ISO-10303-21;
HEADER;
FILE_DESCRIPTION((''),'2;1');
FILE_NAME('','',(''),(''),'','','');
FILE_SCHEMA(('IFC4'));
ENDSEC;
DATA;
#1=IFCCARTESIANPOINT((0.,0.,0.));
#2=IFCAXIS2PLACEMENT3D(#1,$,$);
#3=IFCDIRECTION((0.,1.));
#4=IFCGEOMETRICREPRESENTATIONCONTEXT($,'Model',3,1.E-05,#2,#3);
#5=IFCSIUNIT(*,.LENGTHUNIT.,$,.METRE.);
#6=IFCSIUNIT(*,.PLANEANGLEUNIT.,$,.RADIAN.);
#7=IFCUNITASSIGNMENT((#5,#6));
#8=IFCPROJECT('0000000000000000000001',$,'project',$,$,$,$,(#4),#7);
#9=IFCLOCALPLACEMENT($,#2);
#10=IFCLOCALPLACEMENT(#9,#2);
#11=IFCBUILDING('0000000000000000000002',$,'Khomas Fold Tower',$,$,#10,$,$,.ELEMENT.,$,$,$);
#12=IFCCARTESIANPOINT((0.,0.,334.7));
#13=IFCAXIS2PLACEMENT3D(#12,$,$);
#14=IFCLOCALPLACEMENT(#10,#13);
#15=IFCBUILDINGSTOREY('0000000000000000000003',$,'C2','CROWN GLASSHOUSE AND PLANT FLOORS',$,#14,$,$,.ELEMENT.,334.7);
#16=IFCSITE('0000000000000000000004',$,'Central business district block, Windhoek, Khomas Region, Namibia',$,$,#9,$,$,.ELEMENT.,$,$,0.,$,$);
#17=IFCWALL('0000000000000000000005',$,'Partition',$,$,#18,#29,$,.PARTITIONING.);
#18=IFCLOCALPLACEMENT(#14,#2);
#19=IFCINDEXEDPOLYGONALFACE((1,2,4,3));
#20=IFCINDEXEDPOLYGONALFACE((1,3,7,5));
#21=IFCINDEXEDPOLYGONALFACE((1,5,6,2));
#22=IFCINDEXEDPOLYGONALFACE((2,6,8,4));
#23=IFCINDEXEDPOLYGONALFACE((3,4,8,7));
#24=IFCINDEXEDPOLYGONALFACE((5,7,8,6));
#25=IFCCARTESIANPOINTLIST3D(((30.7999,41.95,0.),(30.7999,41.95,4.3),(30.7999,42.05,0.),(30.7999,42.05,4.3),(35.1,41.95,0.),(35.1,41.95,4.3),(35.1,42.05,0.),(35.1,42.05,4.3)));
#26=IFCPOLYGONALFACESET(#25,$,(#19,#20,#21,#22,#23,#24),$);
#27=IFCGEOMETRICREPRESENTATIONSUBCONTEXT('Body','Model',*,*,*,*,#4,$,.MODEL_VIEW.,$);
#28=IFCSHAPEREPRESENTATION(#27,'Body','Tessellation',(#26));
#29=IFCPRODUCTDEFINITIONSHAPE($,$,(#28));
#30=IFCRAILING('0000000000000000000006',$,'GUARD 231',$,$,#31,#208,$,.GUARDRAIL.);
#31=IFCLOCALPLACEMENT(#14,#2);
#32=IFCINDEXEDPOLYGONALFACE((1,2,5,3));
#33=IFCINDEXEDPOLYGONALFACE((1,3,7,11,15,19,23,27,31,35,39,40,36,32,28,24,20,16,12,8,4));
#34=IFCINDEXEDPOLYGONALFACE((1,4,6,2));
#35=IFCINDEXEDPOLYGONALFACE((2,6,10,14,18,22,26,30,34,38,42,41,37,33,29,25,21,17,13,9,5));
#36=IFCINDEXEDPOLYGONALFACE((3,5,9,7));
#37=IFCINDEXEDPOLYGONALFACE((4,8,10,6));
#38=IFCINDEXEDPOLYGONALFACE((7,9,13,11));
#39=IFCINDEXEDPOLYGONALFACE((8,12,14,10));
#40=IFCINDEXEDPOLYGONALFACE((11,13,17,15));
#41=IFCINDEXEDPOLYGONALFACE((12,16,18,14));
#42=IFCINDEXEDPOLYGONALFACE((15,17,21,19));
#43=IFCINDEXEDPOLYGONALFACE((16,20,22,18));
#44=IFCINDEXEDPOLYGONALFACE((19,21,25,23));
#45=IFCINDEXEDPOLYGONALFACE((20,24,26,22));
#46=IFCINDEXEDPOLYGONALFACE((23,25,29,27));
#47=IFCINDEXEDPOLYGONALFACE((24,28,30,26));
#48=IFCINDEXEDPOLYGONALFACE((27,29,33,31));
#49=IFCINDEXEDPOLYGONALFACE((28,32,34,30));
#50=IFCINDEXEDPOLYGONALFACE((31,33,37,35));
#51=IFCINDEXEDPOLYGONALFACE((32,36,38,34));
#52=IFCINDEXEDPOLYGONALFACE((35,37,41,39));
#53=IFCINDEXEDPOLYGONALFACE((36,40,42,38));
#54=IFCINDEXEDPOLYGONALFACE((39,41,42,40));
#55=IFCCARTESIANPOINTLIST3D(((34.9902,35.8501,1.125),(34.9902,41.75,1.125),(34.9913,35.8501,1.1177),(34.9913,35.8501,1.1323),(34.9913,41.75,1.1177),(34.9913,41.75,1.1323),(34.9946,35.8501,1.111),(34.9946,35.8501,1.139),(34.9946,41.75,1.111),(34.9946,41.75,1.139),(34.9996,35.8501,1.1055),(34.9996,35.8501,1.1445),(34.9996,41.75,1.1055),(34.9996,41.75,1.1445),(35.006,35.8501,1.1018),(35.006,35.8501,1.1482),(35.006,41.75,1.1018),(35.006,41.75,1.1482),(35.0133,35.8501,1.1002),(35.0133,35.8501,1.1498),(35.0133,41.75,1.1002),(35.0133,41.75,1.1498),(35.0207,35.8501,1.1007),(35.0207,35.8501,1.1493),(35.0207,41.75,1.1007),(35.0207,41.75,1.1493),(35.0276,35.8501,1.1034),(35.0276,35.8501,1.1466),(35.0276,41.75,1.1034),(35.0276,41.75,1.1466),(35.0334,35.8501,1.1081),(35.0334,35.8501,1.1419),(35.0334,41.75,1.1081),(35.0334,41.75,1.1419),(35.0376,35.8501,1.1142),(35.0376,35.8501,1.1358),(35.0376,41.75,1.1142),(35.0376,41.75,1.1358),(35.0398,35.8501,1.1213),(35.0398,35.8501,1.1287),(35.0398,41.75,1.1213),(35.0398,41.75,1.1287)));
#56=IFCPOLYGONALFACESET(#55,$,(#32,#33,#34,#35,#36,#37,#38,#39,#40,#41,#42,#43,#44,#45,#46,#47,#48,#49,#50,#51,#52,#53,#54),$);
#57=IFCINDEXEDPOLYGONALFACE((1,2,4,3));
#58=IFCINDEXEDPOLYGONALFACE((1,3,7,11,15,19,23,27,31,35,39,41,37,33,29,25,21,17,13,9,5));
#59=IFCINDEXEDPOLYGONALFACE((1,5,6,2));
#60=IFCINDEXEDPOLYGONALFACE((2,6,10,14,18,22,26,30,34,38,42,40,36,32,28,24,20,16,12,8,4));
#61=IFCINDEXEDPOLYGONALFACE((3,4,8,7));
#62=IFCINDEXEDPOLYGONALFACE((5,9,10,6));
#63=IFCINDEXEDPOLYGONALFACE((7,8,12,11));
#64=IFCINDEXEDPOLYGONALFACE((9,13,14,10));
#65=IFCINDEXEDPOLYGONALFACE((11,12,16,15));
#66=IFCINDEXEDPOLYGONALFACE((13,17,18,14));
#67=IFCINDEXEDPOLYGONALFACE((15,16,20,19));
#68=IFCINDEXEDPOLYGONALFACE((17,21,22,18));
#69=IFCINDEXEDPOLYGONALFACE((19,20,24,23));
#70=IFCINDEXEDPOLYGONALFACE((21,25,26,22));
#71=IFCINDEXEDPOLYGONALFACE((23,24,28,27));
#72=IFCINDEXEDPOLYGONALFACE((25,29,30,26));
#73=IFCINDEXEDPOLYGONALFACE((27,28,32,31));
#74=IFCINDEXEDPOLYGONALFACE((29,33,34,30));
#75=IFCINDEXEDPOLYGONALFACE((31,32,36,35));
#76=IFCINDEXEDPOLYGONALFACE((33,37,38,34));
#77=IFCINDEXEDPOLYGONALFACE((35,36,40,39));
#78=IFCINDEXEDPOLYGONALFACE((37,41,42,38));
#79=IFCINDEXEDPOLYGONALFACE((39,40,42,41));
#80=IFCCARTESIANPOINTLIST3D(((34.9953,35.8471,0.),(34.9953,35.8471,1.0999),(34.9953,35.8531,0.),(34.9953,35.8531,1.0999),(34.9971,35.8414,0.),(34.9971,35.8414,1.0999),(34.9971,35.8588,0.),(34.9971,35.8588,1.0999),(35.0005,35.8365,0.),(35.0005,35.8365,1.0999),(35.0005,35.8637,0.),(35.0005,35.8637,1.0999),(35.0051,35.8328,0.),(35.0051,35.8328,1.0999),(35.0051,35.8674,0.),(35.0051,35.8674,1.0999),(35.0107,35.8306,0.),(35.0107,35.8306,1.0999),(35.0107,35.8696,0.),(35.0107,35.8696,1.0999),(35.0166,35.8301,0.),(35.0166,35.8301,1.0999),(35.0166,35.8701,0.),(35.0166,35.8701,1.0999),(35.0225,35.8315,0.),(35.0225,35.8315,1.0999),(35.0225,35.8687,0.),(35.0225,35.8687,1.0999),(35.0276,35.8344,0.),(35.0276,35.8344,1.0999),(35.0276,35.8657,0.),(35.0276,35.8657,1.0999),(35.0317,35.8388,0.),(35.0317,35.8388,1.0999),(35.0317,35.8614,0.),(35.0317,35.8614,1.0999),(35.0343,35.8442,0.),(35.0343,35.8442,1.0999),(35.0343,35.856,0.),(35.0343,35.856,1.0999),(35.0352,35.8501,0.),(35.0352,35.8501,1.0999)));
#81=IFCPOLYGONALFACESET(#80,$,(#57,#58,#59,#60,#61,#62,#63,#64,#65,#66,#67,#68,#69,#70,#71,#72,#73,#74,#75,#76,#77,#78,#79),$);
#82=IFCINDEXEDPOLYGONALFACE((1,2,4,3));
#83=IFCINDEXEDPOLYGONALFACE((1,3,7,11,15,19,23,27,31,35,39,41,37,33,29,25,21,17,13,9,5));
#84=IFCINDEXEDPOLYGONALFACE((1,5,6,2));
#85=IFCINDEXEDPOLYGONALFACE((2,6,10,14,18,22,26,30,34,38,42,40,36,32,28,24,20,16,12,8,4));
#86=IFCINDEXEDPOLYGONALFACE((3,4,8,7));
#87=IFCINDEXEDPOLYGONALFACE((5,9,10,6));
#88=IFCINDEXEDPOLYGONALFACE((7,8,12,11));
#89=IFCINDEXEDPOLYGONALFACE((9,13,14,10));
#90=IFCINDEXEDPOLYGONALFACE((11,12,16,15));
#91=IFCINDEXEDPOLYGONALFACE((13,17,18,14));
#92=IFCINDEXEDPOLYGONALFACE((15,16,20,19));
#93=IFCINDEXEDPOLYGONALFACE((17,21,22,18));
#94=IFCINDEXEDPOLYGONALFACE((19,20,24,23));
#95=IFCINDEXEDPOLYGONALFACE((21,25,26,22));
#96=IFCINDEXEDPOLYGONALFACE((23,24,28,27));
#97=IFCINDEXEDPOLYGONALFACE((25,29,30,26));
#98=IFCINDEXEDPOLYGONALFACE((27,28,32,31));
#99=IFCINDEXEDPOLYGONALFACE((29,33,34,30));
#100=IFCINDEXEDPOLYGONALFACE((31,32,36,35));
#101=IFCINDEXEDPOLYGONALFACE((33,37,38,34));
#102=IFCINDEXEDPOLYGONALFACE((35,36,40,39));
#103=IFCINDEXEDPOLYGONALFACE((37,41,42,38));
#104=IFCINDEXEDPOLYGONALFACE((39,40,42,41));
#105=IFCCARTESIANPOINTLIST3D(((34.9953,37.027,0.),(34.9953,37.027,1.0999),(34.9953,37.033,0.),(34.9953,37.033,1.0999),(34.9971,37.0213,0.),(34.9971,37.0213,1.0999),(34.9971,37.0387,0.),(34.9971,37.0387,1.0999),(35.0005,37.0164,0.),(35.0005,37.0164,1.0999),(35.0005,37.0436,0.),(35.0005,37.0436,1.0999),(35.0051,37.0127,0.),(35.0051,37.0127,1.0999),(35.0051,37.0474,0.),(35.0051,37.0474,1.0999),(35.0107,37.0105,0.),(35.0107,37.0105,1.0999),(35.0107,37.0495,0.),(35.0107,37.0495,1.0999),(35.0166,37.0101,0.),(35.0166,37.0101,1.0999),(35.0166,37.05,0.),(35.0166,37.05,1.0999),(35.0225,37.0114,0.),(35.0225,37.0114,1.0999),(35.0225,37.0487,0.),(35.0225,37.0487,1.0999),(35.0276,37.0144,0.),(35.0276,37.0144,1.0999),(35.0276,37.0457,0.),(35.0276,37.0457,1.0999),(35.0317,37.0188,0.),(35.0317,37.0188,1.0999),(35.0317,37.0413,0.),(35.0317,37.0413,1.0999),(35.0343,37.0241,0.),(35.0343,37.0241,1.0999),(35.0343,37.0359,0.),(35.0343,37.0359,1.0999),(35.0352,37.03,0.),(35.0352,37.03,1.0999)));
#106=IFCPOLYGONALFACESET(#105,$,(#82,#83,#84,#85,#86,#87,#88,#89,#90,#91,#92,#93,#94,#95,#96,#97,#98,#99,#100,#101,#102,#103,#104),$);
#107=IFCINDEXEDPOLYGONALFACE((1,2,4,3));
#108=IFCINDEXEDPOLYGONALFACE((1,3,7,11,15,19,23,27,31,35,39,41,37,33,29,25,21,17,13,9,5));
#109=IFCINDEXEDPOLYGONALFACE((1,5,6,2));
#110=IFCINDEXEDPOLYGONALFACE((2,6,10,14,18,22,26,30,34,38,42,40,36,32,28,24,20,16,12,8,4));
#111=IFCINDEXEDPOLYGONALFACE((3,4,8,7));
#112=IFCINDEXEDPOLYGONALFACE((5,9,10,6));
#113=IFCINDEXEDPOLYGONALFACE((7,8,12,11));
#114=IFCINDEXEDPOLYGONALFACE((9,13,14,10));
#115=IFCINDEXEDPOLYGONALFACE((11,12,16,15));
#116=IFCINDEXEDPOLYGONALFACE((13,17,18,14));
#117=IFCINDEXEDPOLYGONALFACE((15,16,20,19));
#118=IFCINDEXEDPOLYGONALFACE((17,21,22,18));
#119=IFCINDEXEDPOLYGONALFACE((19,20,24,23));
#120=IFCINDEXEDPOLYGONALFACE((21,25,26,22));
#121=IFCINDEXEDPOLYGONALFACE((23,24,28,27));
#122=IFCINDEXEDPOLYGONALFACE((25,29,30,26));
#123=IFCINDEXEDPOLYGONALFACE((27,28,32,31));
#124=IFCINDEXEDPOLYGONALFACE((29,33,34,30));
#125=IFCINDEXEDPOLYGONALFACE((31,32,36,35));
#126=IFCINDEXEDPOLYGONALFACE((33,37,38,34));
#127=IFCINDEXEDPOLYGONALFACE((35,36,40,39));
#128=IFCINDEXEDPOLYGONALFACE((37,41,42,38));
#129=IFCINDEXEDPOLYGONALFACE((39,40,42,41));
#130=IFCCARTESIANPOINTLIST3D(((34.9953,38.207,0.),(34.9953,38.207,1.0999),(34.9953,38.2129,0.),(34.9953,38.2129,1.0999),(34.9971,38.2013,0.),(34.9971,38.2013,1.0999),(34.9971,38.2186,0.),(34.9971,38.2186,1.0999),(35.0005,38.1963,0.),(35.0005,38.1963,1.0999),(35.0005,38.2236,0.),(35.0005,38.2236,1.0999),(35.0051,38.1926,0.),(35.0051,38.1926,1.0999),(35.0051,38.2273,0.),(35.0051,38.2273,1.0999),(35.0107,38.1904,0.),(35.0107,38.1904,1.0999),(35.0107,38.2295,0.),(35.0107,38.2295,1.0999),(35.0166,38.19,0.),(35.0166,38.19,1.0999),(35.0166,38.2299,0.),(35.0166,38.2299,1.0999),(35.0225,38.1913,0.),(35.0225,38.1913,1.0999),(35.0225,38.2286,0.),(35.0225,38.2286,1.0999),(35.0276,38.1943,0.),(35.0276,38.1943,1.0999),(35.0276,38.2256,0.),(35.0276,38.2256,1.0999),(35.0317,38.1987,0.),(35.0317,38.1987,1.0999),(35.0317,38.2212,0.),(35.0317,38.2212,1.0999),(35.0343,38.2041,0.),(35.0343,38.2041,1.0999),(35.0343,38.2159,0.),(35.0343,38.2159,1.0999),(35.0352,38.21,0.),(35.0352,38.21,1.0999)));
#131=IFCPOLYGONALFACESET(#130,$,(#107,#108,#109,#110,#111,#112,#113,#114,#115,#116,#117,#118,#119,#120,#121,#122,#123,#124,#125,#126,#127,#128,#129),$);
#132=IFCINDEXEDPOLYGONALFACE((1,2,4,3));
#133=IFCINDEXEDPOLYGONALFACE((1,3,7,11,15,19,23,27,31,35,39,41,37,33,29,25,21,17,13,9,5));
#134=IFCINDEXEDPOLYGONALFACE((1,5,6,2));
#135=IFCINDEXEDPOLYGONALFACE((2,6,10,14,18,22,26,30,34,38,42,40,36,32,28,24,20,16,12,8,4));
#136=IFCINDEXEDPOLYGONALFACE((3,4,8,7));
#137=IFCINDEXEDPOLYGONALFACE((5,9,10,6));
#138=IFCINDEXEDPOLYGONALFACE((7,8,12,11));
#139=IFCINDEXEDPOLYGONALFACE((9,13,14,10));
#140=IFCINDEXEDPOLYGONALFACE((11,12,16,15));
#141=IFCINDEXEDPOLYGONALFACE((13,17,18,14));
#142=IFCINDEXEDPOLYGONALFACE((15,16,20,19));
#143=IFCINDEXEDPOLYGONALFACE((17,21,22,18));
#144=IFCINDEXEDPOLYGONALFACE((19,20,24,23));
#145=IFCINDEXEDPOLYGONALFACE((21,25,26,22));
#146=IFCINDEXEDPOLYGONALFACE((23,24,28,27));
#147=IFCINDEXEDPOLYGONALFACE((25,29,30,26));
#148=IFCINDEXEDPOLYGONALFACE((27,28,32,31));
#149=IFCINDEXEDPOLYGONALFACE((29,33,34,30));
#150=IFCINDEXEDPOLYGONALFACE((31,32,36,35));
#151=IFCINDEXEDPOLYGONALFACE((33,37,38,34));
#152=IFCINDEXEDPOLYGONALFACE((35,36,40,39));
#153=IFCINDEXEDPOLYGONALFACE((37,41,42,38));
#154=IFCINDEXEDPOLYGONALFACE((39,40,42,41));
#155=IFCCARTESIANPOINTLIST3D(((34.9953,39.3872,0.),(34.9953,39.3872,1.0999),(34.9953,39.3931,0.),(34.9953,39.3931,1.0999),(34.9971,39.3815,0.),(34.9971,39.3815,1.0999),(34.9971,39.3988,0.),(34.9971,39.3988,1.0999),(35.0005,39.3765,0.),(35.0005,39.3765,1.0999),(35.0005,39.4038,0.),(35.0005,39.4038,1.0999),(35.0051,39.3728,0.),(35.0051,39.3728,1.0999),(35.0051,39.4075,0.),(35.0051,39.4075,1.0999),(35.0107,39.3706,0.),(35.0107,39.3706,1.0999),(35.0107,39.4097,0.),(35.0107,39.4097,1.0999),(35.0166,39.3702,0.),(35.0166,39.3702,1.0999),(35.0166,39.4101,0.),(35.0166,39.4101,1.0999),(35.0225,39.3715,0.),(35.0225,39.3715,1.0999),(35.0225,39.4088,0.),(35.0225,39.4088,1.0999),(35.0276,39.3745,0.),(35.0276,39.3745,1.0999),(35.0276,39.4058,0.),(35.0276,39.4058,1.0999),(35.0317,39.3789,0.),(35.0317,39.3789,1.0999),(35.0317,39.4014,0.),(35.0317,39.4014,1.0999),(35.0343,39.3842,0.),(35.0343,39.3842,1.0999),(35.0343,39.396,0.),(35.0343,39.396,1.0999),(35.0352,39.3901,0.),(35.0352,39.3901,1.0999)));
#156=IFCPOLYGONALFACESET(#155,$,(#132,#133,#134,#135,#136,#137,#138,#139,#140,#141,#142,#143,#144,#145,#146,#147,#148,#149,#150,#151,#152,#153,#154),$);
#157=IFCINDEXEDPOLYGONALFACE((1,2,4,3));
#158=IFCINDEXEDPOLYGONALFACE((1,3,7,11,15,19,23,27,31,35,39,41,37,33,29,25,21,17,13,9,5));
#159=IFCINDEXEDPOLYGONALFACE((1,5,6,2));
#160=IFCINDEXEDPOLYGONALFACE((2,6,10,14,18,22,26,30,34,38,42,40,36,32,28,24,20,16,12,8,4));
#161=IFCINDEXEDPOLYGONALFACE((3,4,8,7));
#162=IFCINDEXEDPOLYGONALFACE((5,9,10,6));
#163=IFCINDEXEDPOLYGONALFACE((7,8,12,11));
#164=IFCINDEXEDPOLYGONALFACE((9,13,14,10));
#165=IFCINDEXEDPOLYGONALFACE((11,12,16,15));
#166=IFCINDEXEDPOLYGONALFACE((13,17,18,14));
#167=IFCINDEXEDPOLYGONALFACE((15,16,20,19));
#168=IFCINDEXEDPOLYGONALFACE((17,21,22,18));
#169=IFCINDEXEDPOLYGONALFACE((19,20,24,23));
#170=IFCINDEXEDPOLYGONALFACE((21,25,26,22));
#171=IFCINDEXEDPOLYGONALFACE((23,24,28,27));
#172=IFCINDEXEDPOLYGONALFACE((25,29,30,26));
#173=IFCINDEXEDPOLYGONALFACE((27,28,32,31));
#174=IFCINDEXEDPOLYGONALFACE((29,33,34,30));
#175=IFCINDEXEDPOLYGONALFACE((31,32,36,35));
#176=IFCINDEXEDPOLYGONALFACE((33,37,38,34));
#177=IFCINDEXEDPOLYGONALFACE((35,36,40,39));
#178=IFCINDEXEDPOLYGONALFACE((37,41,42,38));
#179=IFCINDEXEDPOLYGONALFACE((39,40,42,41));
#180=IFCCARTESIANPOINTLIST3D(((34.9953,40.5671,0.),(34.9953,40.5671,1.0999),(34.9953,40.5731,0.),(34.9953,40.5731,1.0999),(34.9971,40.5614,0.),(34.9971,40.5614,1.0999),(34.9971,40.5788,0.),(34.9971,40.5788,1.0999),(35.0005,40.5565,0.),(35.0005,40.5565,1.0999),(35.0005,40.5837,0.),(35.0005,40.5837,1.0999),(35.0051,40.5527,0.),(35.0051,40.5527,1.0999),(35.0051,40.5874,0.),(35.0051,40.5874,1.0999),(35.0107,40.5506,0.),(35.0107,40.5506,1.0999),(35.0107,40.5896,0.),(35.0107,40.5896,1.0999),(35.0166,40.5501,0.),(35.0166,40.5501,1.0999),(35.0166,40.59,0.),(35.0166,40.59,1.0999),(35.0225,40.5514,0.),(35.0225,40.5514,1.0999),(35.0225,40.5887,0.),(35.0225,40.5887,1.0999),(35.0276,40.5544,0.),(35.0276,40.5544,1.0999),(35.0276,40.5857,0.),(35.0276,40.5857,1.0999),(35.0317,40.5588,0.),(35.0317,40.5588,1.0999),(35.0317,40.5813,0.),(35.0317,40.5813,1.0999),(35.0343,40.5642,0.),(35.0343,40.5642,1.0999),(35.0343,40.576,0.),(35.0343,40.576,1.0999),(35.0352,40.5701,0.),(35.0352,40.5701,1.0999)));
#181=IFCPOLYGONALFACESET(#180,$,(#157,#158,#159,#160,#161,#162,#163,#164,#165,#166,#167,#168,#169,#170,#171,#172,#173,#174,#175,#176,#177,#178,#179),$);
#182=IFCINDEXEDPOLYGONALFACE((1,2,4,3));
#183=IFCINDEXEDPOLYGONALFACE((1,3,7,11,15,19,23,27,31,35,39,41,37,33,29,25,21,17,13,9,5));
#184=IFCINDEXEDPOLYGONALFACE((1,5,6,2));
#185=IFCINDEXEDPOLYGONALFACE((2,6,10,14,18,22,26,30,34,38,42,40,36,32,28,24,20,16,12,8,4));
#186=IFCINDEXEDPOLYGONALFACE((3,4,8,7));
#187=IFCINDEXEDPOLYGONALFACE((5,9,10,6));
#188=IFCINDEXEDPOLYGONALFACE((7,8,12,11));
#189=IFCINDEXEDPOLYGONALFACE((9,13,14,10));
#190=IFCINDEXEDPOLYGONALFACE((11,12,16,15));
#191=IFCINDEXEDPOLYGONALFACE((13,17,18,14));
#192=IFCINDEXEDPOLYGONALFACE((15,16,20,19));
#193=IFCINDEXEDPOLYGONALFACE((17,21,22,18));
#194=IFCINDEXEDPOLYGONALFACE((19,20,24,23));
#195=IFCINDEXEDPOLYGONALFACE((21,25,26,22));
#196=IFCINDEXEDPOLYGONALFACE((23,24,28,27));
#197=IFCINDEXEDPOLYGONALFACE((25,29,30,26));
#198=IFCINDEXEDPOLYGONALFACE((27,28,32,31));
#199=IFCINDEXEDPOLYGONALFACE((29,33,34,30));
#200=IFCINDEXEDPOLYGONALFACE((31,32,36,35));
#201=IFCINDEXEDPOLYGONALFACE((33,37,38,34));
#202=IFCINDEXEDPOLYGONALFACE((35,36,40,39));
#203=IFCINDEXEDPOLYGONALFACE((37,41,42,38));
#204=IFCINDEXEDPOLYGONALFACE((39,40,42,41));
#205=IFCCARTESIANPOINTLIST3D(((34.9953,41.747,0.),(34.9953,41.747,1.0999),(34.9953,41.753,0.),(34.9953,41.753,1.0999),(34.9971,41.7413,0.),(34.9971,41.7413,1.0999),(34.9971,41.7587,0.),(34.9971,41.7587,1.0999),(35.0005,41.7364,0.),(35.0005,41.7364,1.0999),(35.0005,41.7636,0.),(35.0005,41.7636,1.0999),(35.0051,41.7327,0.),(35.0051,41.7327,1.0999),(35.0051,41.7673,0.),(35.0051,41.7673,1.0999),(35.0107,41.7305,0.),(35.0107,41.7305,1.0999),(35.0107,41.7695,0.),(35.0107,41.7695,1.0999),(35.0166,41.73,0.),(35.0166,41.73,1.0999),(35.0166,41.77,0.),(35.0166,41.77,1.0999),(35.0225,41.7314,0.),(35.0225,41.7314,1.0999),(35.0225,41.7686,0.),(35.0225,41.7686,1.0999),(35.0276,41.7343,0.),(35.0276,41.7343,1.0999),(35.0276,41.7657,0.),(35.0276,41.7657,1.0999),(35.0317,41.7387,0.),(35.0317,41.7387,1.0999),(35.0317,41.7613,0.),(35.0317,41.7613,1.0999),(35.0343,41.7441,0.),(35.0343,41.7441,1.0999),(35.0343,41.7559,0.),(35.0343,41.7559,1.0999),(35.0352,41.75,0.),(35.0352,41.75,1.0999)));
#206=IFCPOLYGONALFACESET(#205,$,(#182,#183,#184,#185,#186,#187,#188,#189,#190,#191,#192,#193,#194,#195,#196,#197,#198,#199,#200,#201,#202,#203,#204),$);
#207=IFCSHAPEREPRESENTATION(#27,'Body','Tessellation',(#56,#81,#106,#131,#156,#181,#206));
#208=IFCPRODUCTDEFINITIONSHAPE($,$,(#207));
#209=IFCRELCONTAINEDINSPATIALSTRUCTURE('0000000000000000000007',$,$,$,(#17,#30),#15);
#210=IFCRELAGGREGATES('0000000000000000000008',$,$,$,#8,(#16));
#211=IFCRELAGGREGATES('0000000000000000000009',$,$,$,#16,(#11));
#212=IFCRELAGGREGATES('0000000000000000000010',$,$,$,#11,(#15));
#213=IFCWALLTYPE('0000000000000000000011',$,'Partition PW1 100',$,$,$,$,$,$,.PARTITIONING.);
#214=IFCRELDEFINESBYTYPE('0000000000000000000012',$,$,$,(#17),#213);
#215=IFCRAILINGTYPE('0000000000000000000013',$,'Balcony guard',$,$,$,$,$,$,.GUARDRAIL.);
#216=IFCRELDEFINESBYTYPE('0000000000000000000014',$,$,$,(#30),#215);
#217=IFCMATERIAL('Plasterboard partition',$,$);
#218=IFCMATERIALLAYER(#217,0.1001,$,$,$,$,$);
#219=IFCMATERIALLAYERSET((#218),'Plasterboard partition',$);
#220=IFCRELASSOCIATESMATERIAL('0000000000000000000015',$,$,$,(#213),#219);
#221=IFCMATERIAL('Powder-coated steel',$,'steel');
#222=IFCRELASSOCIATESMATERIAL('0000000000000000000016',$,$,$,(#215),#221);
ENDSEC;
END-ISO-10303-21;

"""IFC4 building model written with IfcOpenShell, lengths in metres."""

from ifc_helpers import new_model, si_unit, direction, frame, frame_2d, origin, origin_2d, place, context, subcontext, project, spatial, rectangle, circle, extrude, source, transform, mapped, material, layer, layer_set, type_object, element, save


model = new_model("IFC4")

# Units and contexts
model_context = context("Model", 3, precision=1e-05, world=origin(), true_north=direction((0.0, 1.0)))
body_context = subcontext(model_context, "Body", "Model", "MODEL_VIEW")
ifc_project = project(units=[si_unit("LENGTHUNIT", "METRE"), si_unit("PLANEANGLEUNIT", "RADIAN")], contexts=[model_context])

# Site, building, storey
site_placement = place(None, origin())
site = spatial("IfcSite", under=ifc_project, at=site_placement, Name="Central business district block, Windhoek, Khomas Region, Namibia", CompositionType="ELEMENT", RefElevation=0.0)
building_placement = place(site_placement, origin())
building = spatial("IfcBuilding", under=site, at=building_placement, Name="Khomas Fold Tower", CompositionType="ELEMENT")
storey_placement = place(building_placement, frame((0.0, 0.0, 334.7)))
storey = spatial("IfcBuildingStorey", under=building, at=storey_placement, Name="C2", Description="CROWN GLASSHOUSE AND PLANT FLOORS", CompositionType="ELEMENT", Elevation=334.7)

# Wall
ifc_material_1 = material(Name="Plasterboard partition")
ifc_layer_1 = layer(ifc_material_1, 0.1001)
ifc_layer_set_1 = layer_set([ifc_layer_1], Name="Plasterboard partition")
wall_type_1 = type_object("IfcWallType", Name="Partition PW1 100", PredefinedType="PARTITIONING", material=ifc_layer_set_1)
shared_shape_1 = source(origin(), body_context, "Body", "SweptSolid", [
    extrude(rectangle(XDim=4.3, YDim=0.1001, at=frame_2d((2.1499, 0.0))), origin(), (0.0, 0.0, 1.0), 4.3),
])
wall_1_placement = place(storey_placement, frame((30.8, 42.0, 0.0), z_axis=(0.0, 0.0, 1.0), x_axis=(1.0, 0.0, 0.0)))
element("IfcWall", 1, at=wall_1_placement, inside=storey, type_object=wall_type_1, Name="Partition", PredefinedType="PARTITIONING", context=body_context, shape_type="MappedRepresentation", body=[
    mapped(shared_shape_1, transform((0.0, 0.0, 0.0))),
])

# Railing
ifc_material_2 = material(Name="Powder-coated steel", Category="steel")
railing_type_1 = type_object("IfcRailingType", Name="Balcony guard", PredefinedType="GUARDRAIL", material=ifc_material_2)
shared_shape_2 = source(origin(), body_context, "Body", "SweptSolid", [
    extrude(circle(Radius=0.0249, at=origin_2d()), frame((0.0, 0.0, 1.125), z_axis=(0.0, 1.0, 0.0), x_axis=(-1.0, 0.0, 0.0)), (0.0, 0.0, 1.0), 5.8999),
    extrude(circle(Radius=0.02, at=origin_2d()), origin(), (0.0, 0.0, 1.0), 1.0999),
    extrude(circle(Radius=0.02, at=origin_2d()), frame((0.0, 1.1799, 0.0)), (0.0, 0.0, 1.0), 1.0999),
    extrude(circle(Radius=0.02, at=origin_2d()), frame((0.0, 2.3599, 0.0)), (0.0, 0.0, 1.0), 1.0999),
    extrude(circle(Radius=0.02, at=origin_2d()), frame((0.0, 3.54, 0.0)), (0.0, 0.0, 1.0), 1.0999),
    extrude(circle(Radius=0.02, at=origin_2d()), frame((0.0, 4.72, 0.0)), (0.0, 0.0, 1.0), 1.0999),
    extrude(circle(Radius=0.02, at=origin_2d()), frame((0.0, 5.8999, 0.0)), (0.0, 0.0, 1.0), 1.0999),
])
for number, where, name in (
    (2, (35.0151, 35.8501, 0.0), "GUARD 231"),
):
    element("IfcRailing", number, at=place(storey_placement, frame(where)), inside=storey, type_object=railing_type_1, Name=name, PredefinedType="GUARDRAIL", context=body_context, shape_type="MappedRepresentation", body=[
        mapped(shared_shape_2, transform((0.0, 0.0, 0.0))),
    ])

save(model, "model.ifc")
